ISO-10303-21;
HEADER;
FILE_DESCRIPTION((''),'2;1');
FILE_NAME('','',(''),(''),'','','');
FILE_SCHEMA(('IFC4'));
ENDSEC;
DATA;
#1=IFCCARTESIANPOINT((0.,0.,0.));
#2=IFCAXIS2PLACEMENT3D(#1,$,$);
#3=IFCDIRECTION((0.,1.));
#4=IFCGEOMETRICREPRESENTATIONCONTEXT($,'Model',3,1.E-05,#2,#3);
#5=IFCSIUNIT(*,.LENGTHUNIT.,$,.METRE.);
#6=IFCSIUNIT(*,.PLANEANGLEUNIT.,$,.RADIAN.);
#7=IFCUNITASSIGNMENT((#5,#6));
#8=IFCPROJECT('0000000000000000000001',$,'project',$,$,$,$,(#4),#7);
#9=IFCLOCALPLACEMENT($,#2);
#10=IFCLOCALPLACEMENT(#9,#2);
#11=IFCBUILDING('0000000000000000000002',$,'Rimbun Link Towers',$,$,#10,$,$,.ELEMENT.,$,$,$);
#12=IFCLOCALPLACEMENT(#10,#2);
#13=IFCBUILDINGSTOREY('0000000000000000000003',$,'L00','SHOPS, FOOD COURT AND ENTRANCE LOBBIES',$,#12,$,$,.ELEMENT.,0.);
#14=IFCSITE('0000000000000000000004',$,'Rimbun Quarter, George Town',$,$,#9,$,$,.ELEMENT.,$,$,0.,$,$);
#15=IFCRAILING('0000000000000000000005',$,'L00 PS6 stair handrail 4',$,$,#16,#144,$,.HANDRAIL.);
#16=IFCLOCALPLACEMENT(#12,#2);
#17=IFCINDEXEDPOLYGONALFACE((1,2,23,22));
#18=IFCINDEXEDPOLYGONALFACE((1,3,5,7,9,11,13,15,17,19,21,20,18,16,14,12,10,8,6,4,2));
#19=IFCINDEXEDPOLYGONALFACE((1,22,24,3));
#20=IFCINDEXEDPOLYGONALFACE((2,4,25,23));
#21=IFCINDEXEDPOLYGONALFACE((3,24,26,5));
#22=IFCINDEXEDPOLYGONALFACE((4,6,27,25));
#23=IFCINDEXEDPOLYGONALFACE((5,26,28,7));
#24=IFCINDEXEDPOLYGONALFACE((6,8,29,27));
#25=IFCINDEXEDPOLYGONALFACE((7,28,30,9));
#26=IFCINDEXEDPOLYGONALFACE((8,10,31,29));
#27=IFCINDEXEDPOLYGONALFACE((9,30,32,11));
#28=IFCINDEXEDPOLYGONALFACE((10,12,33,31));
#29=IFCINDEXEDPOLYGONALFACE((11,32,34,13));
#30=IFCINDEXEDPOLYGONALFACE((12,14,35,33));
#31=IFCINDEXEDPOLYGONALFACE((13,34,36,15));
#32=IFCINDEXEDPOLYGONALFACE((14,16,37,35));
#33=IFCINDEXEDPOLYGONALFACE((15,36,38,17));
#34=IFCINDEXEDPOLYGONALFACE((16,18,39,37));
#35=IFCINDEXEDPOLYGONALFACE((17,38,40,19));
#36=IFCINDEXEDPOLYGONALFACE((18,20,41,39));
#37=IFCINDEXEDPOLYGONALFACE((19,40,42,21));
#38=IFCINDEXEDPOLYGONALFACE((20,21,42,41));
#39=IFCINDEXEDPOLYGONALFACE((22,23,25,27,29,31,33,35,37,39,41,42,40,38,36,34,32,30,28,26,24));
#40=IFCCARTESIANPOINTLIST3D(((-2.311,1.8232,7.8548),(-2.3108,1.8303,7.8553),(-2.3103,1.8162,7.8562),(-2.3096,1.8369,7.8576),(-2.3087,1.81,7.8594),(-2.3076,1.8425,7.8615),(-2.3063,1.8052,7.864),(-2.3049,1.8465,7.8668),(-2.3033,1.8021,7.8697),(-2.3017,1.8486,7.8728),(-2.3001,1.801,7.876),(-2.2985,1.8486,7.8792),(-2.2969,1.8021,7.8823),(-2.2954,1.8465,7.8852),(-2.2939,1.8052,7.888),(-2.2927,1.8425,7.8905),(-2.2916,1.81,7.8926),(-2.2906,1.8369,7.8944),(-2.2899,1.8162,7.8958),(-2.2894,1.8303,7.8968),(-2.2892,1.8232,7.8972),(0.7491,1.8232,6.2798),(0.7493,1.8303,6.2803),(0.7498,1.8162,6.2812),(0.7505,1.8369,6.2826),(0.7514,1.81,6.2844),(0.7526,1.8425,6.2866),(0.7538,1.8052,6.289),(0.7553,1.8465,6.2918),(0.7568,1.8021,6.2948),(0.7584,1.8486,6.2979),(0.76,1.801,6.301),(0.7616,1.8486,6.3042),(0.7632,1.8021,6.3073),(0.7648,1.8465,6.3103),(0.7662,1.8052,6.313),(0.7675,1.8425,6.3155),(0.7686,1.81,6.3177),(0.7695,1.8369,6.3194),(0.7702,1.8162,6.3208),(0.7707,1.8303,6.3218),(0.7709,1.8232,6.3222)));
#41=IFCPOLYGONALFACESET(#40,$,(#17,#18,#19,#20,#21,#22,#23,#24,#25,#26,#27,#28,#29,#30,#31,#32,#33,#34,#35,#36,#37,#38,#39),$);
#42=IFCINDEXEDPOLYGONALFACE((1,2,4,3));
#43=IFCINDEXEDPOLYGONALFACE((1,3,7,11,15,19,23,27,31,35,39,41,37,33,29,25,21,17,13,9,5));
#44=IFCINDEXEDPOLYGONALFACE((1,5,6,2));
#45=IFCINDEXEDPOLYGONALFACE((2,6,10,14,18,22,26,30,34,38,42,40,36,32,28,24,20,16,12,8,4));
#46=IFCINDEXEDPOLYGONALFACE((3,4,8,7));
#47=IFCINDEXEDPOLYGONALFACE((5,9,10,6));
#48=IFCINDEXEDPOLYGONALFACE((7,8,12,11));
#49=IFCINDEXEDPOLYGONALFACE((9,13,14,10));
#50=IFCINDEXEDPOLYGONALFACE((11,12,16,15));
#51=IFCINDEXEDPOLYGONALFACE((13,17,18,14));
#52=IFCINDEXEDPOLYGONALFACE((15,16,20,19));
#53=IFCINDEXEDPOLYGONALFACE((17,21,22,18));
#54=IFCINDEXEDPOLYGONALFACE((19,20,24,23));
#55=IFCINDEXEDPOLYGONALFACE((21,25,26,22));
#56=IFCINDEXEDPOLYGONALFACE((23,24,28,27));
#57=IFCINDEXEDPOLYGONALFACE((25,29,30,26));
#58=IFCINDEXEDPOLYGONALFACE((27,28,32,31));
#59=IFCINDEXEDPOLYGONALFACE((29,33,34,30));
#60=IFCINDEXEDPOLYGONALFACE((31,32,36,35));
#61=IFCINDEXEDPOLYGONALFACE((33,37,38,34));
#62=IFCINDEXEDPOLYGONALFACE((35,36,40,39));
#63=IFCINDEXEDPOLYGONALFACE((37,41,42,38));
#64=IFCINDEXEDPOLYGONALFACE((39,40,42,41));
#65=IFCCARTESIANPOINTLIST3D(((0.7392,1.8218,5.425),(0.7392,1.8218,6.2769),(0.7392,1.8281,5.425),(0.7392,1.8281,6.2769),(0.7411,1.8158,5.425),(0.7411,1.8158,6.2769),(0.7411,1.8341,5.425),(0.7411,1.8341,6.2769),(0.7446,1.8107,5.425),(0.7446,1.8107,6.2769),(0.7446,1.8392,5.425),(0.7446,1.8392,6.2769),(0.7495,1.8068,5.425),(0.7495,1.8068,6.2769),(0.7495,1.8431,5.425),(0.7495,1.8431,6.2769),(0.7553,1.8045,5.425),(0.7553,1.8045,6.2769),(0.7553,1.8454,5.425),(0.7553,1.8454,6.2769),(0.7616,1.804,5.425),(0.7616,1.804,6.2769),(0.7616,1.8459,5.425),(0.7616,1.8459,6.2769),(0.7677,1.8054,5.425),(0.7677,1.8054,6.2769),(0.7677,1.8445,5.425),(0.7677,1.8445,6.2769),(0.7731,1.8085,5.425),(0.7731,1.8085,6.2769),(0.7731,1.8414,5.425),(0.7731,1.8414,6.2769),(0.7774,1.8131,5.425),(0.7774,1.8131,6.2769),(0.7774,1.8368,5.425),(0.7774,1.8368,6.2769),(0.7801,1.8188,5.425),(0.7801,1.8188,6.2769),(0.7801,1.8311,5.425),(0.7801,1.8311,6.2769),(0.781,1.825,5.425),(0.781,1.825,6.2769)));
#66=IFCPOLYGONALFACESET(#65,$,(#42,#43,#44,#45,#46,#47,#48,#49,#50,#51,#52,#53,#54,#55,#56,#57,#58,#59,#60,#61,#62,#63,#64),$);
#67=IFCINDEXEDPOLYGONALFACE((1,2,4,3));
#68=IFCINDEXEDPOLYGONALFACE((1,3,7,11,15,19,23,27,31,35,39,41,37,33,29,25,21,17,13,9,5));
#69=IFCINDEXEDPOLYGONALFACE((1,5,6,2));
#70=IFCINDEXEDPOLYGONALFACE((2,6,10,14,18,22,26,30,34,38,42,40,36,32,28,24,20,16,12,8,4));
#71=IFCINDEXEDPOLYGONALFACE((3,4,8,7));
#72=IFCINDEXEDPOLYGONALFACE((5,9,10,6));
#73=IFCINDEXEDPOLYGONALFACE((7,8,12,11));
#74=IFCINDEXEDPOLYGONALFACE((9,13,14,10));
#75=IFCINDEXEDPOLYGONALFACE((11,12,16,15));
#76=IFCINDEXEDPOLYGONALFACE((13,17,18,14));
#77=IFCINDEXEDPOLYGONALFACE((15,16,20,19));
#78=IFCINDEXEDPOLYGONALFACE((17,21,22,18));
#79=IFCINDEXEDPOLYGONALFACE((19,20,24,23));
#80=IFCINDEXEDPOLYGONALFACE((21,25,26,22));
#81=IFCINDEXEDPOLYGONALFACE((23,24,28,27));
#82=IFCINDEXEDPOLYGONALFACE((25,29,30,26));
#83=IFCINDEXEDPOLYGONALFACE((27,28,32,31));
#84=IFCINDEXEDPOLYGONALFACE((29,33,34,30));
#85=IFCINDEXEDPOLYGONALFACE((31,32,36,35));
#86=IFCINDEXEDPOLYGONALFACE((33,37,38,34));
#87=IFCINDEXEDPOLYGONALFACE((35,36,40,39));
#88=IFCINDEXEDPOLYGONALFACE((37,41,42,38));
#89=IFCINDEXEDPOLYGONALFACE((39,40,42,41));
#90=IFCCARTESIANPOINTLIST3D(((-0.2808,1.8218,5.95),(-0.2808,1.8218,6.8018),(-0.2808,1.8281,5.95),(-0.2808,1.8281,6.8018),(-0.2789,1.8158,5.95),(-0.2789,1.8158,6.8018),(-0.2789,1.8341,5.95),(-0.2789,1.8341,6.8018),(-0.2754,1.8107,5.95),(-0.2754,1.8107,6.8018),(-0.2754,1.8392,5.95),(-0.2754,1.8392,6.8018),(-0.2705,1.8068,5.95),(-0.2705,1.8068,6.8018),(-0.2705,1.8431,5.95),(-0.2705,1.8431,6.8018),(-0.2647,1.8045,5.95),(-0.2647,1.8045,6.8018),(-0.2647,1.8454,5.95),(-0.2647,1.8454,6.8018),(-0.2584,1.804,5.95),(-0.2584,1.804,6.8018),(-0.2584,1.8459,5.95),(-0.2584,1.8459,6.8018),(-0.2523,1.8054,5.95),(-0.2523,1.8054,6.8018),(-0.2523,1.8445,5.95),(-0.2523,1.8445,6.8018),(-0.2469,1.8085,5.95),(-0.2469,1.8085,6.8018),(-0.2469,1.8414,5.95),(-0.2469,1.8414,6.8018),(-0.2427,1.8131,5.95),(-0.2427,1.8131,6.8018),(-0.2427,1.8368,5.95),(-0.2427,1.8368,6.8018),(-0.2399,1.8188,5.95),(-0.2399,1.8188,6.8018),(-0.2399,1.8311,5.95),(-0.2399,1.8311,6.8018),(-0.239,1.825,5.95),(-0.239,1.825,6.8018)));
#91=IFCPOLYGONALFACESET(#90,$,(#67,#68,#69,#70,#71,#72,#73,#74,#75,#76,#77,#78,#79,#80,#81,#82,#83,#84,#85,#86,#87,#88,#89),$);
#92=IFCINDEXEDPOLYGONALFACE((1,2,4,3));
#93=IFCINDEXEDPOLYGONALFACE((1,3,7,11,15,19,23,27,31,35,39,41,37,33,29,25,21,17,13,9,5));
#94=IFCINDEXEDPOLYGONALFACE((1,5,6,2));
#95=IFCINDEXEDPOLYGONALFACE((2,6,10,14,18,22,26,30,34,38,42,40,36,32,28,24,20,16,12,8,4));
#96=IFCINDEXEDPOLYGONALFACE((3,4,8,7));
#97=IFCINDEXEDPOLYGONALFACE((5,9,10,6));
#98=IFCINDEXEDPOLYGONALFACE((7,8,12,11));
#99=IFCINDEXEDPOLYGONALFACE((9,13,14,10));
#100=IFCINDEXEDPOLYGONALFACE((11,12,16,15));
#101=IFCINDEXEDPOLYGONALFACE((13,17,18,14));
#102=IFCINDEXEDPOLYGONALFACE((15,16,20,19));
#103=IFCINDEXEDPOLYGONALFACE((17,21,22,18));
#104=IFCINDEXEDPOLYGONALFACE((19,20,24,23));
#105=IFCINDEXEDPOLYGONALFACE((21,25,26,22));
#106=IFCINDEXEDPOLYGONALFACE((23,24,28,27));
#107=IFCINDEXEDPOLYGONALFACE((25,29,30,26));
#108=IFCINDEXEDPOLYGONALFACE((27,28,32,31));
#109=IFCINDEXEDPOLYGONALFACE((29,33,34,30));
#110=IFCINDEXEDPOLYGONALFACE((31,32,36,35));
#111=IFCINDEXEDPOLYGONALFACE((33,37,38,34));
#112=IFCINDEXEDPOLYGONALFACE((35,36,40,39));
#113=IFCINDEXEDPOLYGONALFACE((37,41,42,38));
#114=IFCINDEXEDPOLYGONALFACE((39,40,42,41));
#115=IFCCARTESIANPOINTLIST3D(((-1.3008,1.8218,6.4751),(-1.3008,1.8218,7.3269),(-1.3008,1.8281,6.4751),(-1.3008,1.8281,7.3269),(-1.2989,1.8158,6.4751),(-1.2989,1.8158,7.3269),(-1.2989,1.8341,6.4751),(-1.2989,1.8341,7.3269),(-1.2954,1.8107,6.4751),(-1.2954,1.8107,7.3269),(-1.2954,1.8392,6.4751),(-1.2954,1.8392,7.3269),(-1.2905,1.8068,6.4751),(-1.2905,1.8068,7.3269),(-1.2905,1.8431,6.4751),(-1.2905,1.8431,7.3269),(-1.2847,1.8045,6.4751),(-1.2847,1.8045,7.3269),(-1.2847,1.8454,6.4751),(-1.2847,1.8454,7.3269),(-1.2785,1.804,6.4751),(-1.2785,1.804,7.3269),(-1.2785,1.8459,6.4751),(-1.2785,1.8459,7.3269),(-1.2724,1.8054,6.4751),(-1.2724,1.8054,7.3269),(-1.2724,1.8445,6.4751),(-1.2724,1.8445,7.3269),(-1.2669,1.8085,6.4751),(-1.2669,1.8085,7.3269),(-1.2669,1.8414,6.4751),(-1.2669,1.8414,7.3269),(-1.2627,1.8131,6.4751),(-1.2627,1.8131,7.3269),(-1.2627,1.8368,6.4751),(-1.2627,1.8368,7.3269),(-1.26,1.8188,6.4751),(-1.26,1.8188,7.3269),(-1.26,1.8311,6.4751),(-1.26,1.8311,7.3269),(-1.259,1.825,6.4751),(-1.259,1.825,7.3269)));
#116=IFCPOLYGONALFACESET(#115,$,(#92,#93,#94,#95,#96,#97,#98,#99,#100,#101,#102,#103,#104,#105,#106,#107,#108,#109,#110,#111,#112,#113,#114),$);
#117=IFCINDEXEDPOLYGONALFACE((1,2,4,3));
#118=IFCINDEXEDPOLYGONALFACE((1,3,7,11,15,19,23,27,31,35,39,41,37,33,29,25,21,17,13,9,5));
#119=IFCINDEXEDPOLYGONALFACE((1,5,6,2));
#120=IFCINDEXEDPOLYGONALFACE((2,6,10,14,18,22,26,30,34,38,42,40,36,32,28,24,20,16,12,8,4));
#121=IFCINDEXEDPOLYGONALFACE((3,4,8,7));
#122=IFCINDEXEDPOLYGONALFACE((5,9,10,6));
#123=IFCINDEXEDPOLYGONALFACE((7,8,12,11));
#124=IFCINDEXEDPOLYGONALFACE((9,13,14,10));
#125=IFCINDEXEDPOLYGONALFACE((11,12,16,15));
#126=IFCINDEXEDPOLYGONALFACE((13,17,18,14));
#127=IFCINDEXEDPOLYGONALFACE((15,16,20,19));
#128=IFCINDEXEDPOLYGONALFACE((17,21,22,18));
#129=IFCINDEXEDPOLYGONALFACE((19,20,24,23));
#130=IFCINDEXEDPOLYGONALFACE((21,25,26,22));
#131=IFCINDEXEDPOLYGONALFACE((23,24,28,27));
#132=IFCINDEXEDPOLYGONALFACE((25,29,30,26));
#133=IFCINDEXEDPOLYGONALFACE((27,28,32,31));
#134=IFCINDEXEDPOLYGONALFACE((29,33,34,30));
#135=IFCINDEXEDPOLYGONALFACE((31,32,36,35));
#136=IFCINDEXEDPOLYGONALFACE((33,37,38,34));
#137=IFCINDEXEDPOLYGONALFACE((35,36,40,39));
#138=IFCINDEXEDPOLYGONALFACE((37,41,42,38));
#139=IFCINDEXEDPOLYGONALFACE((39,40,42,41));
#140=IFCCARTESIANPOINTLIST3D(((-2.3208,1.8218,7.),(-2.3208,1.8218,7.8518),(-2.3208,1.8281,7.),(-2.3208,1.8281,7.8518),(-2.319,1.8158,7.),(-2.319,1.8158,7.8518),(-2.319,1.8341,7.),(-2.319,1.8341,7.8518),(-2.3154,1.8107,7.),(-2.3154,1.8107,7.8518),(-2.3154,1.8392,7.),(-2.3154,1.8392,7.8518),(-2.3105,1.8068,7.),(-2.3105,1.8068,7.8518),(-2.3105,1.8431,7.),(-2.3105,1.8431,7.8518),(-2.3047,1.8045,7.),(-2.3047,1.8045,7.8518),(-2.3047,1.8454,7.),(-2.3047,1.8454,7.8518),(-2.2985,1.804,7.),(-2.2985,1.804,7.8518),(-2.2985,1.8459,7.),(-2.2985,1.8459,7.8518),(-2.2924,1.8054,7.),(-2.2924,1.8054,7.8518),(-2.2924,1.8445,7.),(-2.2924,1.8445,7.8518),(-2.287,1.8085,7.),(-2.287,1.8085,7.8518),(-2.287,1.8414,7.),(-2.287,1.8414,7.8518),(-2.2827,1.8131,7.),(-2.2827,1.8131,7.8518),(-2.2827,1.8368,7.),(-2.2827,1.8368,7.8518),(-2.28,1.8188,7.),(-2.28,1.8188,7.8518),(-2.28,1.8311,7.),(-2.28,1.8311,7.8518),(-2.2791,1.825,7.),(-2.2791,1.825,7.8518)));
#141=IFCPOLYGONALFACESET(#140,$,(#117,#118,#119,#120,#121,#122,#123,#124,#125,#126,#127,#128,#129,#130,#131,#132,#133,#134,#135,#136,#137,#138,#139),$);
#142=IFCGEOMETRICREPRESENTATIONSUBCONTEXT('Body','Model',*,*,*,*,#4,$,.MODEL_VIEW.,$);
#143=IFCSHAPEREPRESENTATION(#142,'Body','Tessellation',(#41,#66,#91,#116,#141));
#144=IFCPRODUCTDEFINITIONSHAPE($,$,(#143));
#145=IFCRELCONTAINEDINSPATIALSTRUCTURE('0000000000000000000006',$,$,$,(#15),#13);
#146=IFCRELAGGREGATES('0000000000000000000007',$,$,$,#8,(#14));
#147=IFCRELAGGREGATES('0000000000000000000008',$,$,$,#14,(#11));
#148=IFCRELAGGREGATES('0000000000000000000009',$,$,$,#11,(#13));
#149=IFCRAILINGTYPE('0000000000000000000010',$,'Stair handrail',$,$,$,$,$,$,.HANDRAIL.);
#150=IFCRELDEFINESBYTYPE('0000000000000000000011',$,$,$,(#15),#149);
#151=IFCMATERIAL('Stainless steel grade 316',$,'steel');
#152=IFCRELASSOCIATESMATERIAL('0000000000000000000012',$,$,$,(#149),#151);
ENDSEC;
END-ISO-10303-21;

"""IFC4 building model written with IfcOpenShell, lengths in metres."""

from ifc_helpers import new_model, si_unit, direction, frame, origin, origin_2d, place, context, subcontext, project, spatial, circle, extrude, material, type_object, element, save


model = new_model("IFC4")

# Units and contexts
model_context = context("Model", 3, precision=1e-05, world=origin(), true_north=direction((0.0, 1.0)))
body_context = subcontext(model_context, "Body", "Model", "MODEL_VIEW")
ifc_project = project(units=[si_unit("LENGTHUNIT", "METRE"), si_unit("PLANEANGLEUNIT", "RADIAN")], contexts=[model_context])

# Site, building, storey
site_placement = place(None, origin())
site = spatial("IfcSite", under=ifc_project, at=site_placement, Name="Rimbun Quarter, George Town", CompositionType="ELEMENT", RefElevation=0.0)
building_placement = place(site_placement, origin())
building = spatial("IfcBuilding", under=site, at=building_placement, Name="Rimbun Link Towers", CompositionType="ELEMENT")
storey_placement = place(building_placement, origin())
storey = spatial("IfcBuildingStorey", under=building, at=storey_placement, Name="L00", Description="SHOPS, FOOD COURT AND ENTRANCE LOBBIES", CompositionType="ELEMENT", Elevation=0.0)

# Railing
ifc_material_1 = material(Name="Stainless steel grade 316", Category="steel")
railing_type_1 = type_object("IfcRailingType", Name="Stair handrail", PredefinedType="HANDRAIL", material=ifc_material_1)
for number, where, name in (
    (1, (0.76, 1.825, 5.425), "L00 PS6 stair handrail 4"),
):
    element("IfcRailing", number, at=place(storey_placement, frame(where)), inside=storey, type_object=railing_type_1, Name=name, PredefinedType="HANDRAIL", context=body_context, shape_type="SweptSolid", body=[
        extrude(circle(Radius=0.0239, at=origin_2d()), frame((0.0, 0.0, 0.876), z_axis=(-0.889145, 0.0, 0.457625), x_axis=(0.0, -1.0, 0.0)), (0.0, 0.0, 1.0), 3.4417),
        extrude(circle(Radius=0.021, at=origin_2d()), origin(), (0.0, 0.0, 1.0), 0.8518),
        extrude(circle(Radius=0.021, at=origin_2d()), frame((-1.02, 0.0, 0.5249)), (0.0, 0.0, 1.0), 0.8518),
        extrude(circle(Radius=0.021, at=origin_2d()), frame((-2.04, 0.0, 1.05)), (0.0, 0.0, 1.0), 0.8518),
        extrude(circle(Radius=0.021, at=origin_2d()), frame((-3.0601, 0.0, 1.575)), (0.0, 0.0, 1.0), 0.8518),
    ])

save(model, "model.ifc")
